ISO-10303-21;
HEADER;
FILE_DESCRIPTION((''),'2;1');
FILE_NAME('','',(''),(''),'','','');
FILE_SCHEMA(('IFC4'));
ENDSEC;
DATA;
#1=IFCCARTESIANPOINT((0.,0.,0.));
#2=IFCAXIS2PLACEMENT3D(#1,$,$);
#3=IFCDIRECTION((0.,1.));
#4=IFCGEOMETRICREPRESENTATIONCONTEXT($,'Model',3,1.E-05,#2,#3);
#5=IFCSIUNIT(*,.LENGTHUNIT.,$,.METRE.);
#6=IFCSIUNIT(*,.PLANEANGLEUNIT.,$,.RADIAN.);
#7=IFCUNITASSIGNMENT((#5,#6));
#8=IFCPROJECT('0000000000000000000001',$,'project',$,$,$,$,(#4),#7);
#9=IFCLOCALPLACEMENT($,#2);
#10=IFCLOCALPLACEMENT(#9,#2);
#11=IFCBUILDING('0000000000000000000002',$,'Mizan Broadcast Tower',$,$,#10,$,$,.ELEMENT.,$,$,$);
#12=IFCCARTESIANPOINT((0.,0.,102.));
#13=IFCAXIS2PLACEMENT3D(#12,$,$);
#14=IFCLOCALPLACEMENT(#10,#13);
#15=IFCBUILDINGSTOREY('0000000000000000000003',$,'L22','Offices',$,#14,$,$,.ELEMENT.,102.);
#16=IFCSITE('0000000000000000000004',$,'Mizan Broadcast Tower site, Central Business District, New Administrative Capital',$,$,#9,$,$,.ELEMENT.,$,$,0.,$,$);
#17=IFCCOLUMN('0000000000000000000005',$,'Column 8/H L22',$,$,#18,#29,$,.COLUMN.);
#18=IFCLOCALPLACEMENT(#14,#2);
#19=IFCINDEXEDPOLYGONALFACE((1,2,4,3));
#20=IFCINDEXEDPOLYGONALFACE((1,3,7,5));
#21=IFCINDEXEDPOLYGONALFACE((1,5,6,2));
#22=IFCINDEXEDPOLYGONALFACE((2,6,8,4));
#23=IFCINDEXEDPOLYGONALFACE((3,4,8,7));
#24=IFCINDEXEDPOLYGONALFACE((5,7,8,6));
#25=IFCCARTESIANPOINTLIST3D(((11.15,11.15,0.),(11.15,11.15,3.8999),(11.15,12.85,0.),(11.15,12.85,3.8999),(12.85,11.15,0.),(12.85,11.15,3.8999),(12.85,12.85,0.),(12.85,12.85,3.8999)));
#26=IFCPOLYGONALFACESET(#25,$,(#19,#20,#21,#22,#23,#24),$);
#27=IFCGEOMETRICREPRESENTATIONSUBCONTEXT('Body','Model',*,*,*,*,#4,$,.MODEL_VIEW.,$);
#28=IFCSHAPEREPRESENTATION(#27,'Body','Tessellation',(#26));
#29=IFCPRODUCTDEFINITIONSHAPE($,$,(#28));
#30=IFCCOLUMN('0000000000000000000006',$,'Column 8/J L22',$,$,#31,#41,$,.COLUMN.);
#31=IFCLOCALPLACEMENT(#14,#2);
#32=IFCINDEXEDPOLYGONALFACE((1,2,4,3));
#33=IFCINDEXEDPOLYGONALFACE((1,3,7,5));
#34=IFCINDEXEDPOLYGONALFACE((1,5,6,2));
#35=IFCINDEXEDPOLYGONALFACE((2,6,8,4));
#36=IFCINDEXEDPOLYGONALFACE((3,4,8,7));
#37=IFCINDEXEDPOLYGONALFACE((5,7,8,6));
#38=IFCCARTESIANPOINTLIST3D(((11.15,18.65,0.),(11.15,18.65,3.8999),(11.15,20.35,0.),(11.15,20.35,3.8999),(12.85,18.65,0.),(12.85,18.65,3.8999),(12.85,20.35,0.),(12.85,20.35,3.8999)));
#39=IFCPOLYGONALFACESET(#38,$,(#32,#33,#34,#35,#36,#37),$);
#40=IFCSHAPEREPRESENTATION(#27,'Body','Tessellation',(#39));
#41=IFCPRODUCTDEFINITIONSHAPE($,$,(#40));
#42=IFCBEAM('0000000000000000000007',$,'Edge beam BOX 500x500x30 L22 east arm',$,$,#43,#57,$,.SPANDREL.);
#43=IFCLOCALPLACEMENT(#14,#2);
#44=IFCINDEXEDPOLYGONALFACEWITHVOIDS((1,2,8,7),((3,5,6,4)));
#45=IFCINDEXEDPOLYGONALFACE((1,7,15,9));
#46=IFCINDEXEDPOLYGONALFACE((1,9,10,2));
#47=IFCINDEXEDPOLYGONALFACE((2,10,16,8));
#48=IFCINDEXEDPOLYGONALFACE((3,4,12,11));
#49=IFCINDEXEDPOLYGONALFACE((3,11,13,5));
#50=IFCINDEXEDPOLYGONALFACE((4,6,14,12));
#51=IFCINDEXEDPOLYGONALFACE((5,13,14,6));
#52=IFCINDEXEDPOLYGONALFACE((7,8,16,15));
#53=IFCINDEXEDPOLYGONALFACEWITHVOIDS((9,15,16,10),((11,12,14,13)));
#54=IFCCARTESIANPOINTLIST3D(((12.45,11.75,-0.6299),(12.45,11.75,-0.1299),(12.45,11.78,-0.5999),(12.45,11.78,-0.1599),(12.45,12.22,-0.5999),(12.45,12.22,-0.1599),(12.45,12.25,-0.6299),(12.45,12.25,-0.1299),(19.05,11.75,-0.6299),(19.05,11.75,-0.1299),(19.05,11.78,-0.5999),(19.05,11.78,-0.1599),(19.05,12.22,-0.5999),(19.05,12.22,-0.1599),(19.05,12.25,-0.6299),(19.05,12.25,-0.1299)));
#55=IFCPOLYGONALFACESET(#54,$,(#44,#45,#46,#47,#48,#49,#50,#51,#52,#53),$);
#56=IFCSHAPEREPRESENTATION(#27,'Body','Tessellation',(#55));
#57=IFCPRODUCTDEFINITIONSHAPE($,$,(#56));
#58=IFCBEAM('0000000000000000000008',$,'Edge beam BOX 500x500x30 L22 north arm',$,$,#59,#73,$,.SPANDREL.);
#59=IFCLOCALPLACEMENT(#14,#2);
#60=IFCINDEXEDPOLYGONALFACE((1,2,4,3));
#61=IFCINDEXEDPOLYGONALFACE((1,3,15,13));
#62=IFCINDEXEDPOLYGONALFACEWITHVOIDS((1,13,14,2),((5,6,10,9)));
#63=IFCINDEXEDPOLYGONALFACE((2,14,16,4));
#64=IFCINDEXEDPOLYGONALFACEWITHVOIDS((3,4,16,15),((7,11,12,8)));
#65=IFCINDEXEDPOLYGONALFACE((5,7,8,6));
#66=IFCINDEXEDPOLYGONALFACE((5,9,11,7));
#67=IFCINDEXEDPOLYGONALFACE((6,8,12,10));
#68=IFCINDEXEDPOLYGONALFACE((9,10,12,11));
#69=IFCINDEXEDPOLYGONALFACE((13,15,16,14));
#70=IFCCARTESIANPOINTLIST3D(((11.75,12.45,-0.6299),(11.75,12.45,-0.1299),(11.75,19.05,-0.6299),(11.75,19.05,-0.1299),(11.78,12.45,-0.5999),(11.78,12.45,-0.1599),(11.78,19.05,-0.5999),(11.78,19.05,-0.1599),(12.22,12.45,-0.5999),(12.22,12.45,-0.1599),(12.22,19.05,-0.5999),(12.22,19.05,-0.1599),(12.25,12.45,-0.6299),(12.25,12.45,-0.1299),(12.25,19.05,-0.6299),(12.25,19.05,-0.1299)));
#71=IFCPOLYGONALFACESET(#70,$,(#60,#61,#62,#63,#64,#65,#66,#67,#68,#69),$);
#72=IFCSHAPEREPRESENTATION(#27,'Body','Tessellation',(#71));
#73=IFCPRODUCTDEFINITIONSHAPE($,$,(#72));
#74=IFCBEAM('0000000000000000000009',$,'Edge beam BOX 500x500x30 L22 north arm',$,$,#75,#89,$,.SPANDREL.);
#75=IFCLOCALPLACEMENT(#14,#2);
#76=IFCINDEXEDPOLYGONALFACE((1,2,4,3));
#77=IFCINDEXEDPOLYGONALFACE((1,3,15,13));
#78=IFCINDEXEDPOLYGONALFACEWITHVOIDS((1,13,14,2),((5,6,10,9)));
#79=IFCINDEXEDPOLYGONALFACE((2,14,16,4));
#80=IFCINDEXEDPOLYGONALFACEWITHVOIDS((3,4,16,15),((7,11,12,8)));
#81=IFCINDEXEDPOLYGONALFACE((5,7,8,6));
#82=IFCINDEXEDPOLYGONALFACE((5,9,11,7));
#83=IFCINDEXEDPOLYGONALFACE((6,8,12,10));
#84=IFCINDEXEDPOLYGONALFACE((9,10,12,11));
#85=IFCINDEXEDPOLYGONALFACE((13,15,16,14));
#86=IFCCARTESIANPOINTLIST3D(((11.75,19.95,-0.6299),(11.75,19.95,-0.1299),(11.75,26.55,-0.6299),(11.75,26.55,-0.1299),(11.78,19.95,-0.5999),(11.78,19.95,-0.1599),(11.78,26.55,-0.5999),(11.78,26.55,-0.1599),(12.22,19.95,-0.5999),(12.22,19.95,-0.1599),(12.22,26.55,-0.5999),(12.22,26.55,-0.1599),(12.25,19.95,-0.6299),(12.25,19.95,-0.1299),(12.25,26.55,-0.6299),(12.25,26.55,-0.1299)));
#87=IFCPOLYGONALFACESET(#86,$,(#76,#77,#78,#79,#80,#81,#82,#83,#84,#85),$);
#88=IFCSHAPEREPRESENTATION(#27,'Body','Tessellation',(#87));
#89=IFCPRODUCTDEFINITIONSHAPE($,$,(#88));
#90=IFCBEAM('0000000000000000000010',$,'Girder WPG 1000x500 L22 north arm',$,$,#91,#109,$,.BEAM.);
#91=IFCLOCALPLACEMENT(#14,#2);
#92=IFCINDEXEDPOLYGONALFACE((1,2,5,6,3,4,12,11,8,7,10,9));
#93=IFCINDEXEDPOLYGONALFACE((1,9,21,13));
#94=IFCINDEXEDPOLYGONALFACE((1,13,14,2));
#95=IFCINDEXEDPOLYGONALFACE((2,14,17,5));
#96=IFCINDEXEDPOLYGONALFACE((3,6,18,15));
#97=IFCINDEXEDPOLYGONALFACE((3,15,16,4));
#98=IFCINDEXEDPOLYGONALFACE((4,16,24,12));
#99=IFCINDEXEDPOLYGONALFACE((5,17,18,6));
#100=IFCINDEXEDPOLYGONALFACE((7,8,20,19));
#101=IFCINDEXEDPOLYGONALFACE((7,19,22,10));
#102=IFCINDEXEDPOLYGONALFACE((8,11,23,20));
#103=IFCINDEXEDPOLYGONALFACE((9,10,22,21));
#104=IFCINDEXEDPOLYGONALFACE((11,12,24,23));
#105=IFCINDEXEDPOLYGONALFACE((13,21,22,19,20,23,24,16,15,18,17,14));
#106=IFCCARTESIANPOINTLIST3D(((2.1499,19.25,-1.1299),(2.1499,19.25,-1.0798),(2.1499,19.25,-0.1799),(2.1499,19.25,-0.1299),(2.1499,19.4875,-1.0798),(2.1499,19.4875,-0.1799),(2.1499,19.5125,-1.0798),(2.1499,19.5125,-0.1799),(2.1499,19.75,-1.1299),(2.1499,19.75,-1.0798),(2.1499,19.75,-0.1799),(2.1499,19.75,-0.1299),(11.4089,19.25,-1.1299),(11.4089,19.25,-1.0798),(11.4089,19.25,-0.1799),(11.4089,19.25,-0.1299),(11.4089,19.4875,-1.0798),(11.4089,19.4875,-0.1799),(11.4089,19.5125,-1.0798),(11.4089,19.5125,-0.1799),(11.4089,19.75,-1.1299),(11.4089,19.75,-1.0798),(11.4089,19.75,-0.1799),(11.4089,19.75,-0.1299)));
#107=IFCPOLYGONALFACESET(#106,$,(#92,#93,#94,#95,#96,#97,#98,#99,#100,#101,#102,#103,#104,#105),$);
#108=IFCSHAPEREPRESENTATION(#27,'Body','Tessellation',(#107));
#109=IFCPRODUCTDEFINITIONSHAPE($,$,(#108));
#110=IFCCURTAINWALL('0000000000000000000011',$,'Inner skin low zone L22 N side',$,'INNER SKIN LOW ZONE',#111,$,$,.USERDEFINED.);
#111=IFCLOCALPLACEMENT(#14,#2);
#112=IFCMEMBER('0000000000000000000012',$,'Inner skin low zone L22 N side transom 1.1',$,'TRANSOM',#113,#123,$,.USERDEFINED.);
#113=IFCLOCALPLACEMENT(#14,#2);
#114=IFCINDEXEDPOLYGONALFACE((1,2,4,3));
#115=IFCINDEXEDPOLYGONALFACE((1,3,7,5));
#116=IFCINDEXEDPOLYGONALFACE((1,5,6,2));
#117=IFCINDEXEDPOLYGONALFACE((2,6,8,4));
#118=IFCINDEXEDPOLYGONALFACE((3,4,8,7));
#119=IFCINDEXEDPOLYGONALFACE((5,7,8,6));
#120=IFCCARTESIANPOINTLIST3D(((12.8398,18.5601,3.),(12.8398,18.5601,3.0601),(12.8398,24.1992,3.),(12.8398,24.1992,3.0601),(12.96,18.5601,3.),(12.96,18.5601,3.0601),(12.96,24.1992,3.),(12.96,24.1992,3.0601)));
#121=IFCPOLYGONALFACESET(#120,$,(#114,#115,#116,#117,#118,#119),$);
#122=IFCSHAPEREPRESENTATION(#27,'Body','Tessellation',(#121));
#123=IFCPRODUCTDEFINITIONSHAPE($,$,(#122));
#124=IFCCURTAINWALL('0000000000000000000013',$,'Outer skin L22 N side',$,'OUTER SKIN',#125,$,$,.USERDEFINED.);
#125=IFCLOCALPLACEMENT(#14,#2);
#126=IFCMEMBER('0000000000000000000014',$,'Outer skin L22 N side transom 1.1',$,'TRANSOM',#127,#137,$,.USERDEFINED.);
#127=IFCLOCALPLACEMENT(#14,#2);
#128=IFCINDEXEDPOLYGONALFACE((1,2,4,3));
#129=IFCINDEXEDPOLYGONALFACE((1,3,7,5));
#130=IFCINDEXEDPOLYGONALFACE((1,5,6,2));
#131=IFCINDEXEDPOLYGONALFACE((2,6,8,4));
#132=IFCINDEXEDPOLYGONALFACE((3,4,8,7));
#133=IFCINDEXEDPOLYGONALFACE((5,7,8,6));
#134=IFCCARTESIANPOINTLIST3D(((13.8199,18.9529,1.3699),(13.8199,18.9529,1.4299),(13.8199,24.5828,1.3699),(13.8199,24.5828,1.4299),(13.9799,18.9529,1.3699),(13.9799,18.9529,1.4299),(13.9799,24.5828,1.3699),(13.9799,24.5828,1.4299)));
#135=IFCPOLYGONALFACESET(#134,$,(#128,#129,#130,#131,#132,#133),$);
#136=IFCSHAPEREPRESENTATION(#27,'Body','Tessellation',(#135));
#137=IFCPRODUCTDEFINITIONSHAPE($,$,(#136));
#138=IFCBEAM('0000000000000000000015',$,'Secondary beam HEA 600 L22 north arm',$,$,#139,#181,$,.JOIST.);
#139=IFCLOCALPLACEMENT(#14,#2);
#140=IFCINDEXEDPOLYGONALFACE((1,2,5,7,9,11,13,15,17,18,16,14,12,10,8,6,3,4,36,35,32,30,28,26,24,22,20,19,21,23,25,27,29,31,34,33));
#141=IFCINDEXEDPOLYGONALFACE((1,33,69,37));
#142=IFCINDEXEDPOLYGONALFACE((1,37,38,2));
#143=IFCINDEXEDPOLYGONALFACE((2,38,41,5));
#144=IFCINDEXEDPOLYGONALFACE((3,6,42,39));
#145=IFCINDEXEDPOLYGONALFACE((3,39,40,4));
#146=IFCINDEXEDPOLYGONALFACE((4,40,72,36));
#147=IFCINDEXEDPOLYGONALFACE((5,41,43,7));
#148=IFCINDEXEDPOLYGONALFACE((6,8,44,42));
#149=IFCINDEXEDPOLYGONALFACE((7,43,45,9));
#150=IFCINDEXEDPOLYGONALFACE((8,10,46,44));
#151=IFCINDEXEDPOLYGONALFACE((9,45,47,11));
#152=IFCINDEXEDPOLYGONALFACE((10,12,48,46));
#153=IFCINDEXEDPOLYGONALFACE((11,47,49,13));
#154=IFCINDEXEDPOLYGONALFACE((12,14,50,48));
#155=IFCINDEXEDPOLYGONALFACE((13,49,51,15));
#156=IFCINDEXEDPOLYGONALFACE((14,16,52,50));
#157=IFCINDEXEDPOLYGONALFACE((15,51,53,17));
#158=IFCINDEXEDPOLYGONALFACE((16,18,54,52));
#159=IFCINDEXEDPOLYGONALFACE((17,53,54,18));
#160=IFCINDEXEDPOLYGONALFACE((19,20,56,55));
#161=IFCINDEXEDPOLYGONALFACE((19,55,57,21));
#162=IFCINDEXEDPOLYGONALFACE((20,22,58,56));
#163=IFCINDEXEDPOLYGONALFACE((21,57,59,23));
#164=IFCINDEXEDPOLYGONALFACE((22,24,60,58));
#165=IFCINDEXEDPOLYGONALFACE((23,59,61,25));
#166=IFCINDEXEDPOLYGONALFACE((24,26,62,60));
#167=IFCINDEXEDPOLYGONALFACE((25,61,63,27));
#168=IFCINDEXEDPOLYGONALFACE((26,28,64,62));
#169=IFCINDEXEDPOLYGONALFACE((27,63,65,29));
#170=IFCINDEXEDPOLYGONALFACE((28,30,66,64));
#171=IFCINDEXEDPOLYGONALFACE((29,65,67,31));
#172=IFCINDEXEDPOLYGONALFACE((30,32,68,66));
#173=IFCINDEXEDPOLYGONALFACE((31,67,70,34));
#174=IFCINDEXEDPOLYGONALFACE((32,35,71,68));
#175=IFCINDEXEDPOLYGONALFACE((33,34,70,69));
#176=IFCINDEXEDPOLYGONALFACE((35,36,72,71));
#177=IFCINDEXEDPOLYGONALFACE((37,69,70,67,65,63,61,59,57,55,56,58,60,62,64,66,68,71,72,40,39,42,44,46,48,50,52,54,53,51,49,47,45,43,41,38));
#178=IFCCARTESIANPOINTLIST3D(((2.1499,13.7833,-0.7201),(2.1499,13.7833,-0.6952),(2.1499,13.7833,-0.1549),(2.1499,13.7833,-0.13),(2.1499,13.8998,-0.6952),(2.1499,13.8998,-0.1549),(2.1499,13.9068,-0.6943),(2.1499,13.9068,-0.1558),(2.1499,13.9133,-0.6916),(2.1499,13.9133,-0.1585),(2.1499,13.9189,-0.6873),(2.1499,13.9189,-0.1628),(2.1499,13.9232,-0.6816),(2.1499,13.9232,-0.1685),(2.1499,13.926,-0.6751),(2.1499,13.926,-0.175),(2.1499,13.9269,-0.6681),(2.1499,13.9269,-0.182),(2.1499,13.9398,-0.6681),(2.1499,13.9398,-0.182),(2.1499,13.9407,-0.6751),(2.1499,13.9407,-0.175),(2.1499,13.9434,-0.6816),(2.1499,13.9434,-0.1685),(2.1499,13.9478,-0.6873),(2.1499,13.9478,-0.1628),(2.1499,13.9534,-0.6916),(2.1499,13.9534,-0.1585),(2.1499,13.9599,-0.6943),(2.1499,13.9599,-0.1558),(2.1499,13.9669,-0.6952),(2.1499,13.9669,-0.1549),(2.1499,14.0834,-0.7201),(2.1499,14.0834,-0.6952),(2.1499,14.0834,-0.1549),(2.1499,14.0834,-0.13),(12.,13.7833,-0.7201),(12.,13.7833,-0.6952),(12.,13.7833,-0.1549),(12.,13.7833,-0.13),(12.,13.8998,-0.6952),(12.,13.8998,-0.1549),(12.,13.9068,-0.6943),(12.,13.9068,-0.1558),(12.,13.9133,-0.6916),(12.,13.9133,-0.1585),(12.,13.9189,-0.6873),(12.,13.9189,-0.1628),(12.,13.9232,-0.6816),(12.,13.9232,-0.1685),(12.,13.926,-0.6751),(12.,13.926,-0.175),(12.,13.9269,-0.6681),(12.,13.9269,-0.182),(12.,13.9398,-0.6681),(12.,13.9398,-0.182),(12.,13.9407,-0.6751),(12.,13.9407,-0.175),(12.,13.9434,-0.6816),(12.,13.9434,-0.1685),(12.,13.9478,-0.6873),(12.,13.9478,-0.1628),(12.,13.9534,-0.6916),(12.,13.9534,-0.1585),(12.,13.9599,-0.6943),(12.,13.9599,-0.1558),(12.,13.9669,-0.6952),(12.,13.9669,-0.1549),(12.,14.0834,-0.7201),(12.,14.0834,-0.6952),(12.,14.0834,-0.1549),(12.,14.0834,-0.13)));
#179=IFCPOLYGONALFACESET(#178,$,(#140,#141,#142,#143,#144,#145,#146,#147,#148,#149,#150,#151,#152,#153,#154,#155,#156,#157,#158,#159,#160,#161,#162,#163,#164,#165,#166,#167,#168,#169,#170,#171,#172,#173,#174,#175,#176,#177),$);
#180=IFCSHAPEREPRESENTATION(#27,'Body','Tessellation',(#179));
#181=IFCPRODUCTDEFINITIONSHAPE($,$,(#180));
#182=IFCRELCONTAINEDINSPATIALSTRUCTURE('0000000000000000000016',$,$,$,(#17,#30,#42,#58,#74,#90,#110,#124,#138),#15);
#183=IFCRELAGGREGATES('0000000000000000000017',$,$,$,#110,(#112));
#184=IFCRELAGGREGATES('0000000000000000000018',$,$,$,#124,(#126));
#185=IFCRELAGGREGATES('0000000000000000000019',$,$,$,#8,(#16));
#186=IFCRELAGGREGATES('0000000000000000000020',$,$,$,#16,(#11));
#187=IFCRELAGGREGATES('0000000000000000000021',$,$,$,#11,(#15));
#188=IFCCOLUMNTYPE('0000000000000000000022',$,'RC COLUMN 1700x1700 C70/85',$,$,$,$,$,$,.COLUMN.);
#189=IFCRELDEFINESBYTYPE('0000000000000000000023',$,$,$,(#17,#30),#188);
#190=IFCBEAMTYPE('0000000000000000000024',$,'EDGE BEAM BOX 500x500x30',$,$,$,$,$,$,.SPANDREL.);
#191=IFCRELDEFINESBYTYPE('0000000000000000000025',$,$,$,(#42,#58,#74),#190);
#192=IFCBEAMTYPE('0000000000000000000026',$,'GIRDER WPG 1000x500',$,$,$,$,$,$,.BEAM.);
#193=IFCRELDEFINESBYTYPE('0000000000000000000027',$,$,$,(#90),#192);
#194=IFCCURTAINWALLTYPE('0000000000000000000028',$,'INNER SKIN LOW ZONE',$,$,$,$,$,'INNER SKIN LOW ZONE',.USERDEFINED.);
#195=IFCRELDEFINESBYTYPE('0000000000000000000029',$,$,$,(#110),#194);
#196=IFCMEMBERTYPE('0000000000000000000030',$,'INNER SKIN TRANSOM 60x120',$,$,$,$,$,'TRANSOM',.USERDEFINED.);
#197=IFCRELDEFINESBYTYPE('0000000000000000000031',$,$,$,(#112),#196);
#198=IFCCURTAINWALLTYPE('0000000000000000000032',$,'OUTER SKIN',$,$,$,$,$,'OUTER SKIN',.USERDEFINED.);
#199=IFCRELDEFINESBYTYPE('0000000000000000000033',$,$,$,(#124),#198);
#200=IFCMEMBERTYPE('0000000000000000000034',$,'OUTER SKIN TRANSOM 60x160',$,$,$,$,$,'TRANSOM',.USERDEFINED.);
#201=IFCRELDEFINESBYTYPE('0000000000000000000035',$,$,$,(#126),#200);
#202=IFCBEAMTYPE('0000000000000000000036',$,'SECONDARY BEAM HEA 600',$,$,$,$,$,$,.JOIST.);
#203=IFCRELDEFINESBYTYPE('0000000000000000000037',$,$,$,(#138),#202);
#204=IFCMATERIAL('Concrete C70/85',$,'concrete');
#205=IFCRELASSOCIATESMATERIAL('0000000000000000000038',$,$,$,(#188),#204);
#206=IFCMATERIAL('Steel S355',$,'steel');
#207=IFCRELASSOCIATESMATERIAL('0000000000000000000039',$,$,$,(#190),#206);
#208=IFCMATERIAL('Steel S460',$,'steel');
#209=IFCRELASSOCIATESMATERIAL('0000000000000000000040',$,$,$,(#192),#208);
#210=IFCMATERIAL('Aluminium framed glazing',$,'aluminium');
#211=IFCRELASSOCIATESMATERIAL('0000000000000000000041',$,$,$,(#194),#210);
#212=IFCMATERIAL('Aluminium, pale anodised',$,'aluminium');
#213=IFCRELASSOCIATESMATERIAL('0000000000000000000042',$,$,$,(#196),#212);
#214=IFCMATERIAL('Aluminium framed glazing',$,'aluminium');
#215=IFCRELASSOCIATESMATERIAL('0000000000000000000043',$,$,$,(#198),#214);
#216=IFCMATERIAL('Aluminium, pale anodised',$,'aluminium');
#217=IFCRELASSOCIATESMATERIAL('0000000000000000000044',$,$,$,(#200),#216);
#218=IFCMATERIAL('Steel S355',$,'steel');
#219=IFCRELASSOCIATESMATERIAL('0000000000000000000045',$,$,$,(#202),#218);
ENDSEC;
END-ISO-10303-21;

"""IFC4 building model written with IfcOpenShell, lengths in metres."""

from ifc_helpers import new_model, si_unit, direction, frame, origin, origin_2d, place, context, subcontext, project, spatial, rectangle, hollow_rectangle, i_section, extrude, material, material_profile, profile_set, type_object, element, aggregate, save


model = new_model("IFC4")

# Units and contexts
model_context = context("Model", 3, precision=1e-05, world=origin(), true_north=direction((0.0, 1.0)))
body_context = subcontext(model_context, "Body", "Model", "MODEL_VIEW")
ifc_project = project(units=[si_unit("LENGTHUNIT", "METRE"), si_unit("PLANEANGLEUNIT", "RADIAN")], contexts=[model_context])

# Site, building, storey
site_placement = place(None, origin())
site = spatial("IfcSite", under=ifc_project, at=site_placement, Name="Mizan Broadcast Tower site, Central Business District, New Administrative Capital", CompositionType="ELEMENT", RefElevation=0.0)
building_placement = place(site_placement, origin())
building = spatial("IfcBuilding", under=site, at=building_placement, Name="Mizan Broadcast Tower", CompositionType="ELEMENT")
storey_placement = place(building_placement, frame((0.0, 0.0, 102.0)))
storey = spatial("IfcBuildingStorey", under=building, at=storey_placement, Name="L22", Description="Offices", CompositionType="ELEMENT", Elevation=102.0)

# Columns
ifc_material_1 = material(Name="Concrete C70/85", Category="concrete")
ifc_material_profile_1 = material_profile(ifc_material_1, rectangle(XDim=1.7, YDim=1.7, at=origin_2d()), Name="RC 1700x1700")
ifc_profile_set_1 = profile_set([ifc_material_profile_1], Name="Concrete C70/85")
column_type = type_object("IfcColumnType", Name="RC COLUMN 1700x1700 C70/85", PredefinedType="COLUMN", material=ifc_profile_set_1)
for number, where, z_axis, x_axis, name in (
    (1, (12.0, 12.0, 0.0), (0.0, 0.0, 1.0), (1.0, 0.0, 0.0), "Column 8/H L22"),
    (2, (12.0, 19.5, 0.0), (0.0, 0.0, 1.0), (1.0, 0.0, 0.0), "Column 8/J L22"),
):
    element("IfcColumn", number, at=place(storey_placement, frame(where, z_axis=z_axis, x_axis=x_axis)), inside=storey, type_object=column_type, Name=name, PredefinedType="COLUMN", context=body_context, shape_type="SweptSolid", body=[
        extrude(rectangle(XDim=1.7, YDim=1.7, at=origin_2d()), origin(), (0.0, 0.0, 1.0), 3.8999),
    ])

# Beams
ifc_material_2 = material(Name="Steel S355", Category="steel")
ifc_material_profile_2 = material_profile(ifc_material_2, hollow_rectangle(XDim=0.5, YDim=0.5, WallThickness=0.03, at=origin_2d()), Name="BOX 500x500x30")
ifc_profile_set_2 = profile_set([ifc_material_profile_2], Name="Steel S355")
beam_type_1 = type_object("IfcBeamType", Name="EDGE BEAM BOX 500x500x30", PredefinedType="SPANDREL", material=ifc_profile_set_2)
for number, where, z_axis, x_axis, name in (
    (3, (12.45, 12.0, -0.3799), (1.0, 0.0, 0.0), (0.0, 1.0, 0.0), "Edge beam BOX 500x500x30 L22 east arm"),
    (4, (12.0, 12.45, -0.3799), (0.0, 1.0, 0.0), (-1.0, 0.0, 0.0), "Edge beam BOX 500x500x30 L22 north arm"),
    (5, (12.0, 19.95, -0.3799), (0.0, 1.0, 0.0), (-1.0, 0.0, 0.0), "Edge beam BOX 500x500x30 L22 north arm"),
):
    element("IfcBeam", number, at=place(storey_placement, frame(where, z_axis=z_axis, x_axis=x_axis)), inside=storey, type_object=beam_type_1, Name=name, PredefinedType="SPANDREL", context=body_context, shape_type="SweptSolid", body=[
        extrude(hollow_rectangle(XDim=0.5, YDim=0.5, WallThickness=0.03, at=origin_2d()), origin(), (0.0, 0.0, 1.0), 6.6001),
    ])
ifc_material_3 = material(Name="Steel S460", Category="steel")
ifc_material_profile_3 = material_profile(ifc_material_3, i_section(OverallWidth=0.5, OverallDepth=1.0, WebThickness=0.0249, FlangeThickness=0.05, at=origin_2d()), Name="WPG 1000x500")
ifc_profile_set_3 = profile_set([ifc_material_profile_3], Name="Steel S460")
beam_type_2 = type_object("IfcBeamType", Name="GIRDER WPG 1000x500", PredefinedType="BEAM", material=ifc_profile_set_3)
beam_1_placement = place(storey_placement, frame((11.4089, 19.5, -0.6299), z_axis=(-1.0, 0.0, 0.0), x_axis=(0.0, -1.0, 0.0)))
element("IfcBeam", 6, at=beam_1_placement, inside=storey, type_object=beam_type_2, Name="Girder WPG 1000x500 L22 north arm", PredefinedType="BEAM", context=body_context, shape_type="SweptSolid", body=[
    extrude(i_section(OverallWidth=0.5, OverallDepth=1.0, WebThickness=0.0249, FlangeThickness=0.05, at=origin_2d()), origin(), (0.0, 0.0, 1.0), 9.259),
])

# Curtain walls, members
ifc_material_4 = material(Name="Aluminium framed glazing", Category="aluminium")
curtain_wall_type_1 = type_object("IfcCurtainWallType", Name="INNER SKIN LOW ZONE", ElementType="INNER SKIN LOW ZONE", PredefinedType="USERDEFINED", material=ifc_material_4)
curtain_wall_1_placement = place(storey_placement, origin())
curtain_wall_1 = element("IfcCurtainWall", 7, at=curtain_wall_1_placement, inside=storey, type_object=curtain_wall_type_1, Name="Inner skin low zone L22 N side", ObjectType="INNER SKIN LOW ZONE", PredefinedType="USERDEFINED")
ifc_material_5 = material(Name="Aluminium, pale anodised", Category="aluminium")
ifc_material_profile_4 = material_profile(ifc_material_5, rectangle(XDim=0.1201, YDim=0.0601, at=origin_2d()), Name="TRANSOM 120x60")
ifc_profile_set_4 = profile_set([ifc_material_profile_4], Name="Aluminium, pale anodised")
member_type_1 = type_object("IfcMemberType", Name="INNER SKIN TRANSOM 60x120", ElementType="TRANSOM", PredefinedType="USERDEFINED", material=ifc_profile_set_4)
member_1_placement = place(storey_placement, frame((12.8999, 18.5601, 3.03), z_axis=(0.0, 1.0, 0.0), x_axis=(-1.0, 0.0, 0.0)))
member_1 = element("IfcMember", 8, at=member_1_placement, type_object=member_type_1, Name="Inner skin low zone L22 N side transom 1.1", ObjectType="TRANSOM", PredefinedType="USERDEFINED", context=body_context, shape_type="SweptSolid", body=[
    extrude(rectangle(XDim=0.1201, YDim=0.0601, at=origin_2d()), origin(), (0.0, 0.0, 1.0), 5.6392),
])
ifc_material_6 = material(Name="Aluminium framed glazing", Category="aluminium")
curtain_wall_type_2 = type_object("IfcCurtainWallType", Name="OUTER SKIN", ElementType="OUTER SKIN", PredefinedType="USERDEFINED", material=ifc_material_6)
curtain_wall_2_placement = place(storey_placement, origin())
curtain_wall_2 = element("IfcCurtainWall", 9, at=curtain_wall_2_placement, inside=storey, type_object=curtain_wall_type_2, Name="Outer skin L22 N side", ObjectType="OUTER SKIN", PredefinedType="USERDEFINED")
ifc_material_7 = material(Name="Aluminium, pale anodised", Category="aluminium")
ifc_material_profile_5 = material_profile(ifc_material_7, rectangle(XDim=0.1599, YDim=0.0601, at=origin_2d()), Name="TRANSOM 160x60")
ifc_profile_set_5 = profile_set([ifc_material_profile_5], Name="Aluminium, pale anodised")
member_type_2 = type_object("IfcMemberType", Name="OUTER SKIN TRANSOM 60x160", ElementType="TRANSOM", PredefinedType="USERDEFINED", material=ifc_profile_set_5)
member_2_placement = place(storey_placement, frame((13.8999, 18.9529, 1.3999), z_axis=(0.0, 1.0, 0.0), x_axis=(-1.0, 0.0, 0.0)))
member_2 = element("IfcMember", 10, at=member_2_placement, type_object=member_type_2, Name="Outer skin L22 N side transom 1.1", ObjectType="TRANSOM", PredefinedType="USERDEFINED", context=body_context, shape_type="SweptSolid", body=[
    extrude(rectangle(XDim=0.1599, YDim=0.0601, at=origin_2d()), origin(), (0.0, 0.0, 1.0), 5.6299),
])

# Beam
ifc_material_8 = material(Name="Steel S355", Category="steel")
ifc_material_profile_6 = material_profile(ifc_material_8, i_section(OverallWidth=0.3, OverallDepth=0.5901, WebThickness=0.0129, FlangeThickness=0.0249, FilletRadius=0.0271, at=origin_2d()), Name="HEA 600")
ifc_profile_set_6 = profile_set([ifc_material_profile_6], Name="Steel S355")
beam_type_3 = type_object("IfcBeamType", Name="SECONDARY BEAM HEA 600", PredefinedType="JOIST", material=ifc_profile_set_6)
for number, where, z_axis, x_axis, name in (
    (11, (12.0, 13.9333, -0.425), (-1.0, 0.0, 0.0), (0.0, -1.0, 0.0), "Secondary beam HEA 600 L22 north arm"),
):
    element("IfcBeam", number, at=place(storey_placement, frame(where, z_axis=z_axis, x_axis=x_axis)), inside=storey, type_object=beam_type_3, Name=name, PredefinedType="JOIST", context=body_context, shape_type="SweptSolid", body=[
        extrude(i_section(OverallWidth=0.3, OverallDepth=0.5901, WebThickness=0.0129, FlangeThickness=0.0249, FilletRadius=0.0271, at=origin_2d()), origin(), (0.0, 0.0, 1.0), 9.8501),
    ])

aggregate(curtain_wall_1, [member_1])
aggregate(curtain_wall_2, [member_2])

save(model, "model.ifc")
